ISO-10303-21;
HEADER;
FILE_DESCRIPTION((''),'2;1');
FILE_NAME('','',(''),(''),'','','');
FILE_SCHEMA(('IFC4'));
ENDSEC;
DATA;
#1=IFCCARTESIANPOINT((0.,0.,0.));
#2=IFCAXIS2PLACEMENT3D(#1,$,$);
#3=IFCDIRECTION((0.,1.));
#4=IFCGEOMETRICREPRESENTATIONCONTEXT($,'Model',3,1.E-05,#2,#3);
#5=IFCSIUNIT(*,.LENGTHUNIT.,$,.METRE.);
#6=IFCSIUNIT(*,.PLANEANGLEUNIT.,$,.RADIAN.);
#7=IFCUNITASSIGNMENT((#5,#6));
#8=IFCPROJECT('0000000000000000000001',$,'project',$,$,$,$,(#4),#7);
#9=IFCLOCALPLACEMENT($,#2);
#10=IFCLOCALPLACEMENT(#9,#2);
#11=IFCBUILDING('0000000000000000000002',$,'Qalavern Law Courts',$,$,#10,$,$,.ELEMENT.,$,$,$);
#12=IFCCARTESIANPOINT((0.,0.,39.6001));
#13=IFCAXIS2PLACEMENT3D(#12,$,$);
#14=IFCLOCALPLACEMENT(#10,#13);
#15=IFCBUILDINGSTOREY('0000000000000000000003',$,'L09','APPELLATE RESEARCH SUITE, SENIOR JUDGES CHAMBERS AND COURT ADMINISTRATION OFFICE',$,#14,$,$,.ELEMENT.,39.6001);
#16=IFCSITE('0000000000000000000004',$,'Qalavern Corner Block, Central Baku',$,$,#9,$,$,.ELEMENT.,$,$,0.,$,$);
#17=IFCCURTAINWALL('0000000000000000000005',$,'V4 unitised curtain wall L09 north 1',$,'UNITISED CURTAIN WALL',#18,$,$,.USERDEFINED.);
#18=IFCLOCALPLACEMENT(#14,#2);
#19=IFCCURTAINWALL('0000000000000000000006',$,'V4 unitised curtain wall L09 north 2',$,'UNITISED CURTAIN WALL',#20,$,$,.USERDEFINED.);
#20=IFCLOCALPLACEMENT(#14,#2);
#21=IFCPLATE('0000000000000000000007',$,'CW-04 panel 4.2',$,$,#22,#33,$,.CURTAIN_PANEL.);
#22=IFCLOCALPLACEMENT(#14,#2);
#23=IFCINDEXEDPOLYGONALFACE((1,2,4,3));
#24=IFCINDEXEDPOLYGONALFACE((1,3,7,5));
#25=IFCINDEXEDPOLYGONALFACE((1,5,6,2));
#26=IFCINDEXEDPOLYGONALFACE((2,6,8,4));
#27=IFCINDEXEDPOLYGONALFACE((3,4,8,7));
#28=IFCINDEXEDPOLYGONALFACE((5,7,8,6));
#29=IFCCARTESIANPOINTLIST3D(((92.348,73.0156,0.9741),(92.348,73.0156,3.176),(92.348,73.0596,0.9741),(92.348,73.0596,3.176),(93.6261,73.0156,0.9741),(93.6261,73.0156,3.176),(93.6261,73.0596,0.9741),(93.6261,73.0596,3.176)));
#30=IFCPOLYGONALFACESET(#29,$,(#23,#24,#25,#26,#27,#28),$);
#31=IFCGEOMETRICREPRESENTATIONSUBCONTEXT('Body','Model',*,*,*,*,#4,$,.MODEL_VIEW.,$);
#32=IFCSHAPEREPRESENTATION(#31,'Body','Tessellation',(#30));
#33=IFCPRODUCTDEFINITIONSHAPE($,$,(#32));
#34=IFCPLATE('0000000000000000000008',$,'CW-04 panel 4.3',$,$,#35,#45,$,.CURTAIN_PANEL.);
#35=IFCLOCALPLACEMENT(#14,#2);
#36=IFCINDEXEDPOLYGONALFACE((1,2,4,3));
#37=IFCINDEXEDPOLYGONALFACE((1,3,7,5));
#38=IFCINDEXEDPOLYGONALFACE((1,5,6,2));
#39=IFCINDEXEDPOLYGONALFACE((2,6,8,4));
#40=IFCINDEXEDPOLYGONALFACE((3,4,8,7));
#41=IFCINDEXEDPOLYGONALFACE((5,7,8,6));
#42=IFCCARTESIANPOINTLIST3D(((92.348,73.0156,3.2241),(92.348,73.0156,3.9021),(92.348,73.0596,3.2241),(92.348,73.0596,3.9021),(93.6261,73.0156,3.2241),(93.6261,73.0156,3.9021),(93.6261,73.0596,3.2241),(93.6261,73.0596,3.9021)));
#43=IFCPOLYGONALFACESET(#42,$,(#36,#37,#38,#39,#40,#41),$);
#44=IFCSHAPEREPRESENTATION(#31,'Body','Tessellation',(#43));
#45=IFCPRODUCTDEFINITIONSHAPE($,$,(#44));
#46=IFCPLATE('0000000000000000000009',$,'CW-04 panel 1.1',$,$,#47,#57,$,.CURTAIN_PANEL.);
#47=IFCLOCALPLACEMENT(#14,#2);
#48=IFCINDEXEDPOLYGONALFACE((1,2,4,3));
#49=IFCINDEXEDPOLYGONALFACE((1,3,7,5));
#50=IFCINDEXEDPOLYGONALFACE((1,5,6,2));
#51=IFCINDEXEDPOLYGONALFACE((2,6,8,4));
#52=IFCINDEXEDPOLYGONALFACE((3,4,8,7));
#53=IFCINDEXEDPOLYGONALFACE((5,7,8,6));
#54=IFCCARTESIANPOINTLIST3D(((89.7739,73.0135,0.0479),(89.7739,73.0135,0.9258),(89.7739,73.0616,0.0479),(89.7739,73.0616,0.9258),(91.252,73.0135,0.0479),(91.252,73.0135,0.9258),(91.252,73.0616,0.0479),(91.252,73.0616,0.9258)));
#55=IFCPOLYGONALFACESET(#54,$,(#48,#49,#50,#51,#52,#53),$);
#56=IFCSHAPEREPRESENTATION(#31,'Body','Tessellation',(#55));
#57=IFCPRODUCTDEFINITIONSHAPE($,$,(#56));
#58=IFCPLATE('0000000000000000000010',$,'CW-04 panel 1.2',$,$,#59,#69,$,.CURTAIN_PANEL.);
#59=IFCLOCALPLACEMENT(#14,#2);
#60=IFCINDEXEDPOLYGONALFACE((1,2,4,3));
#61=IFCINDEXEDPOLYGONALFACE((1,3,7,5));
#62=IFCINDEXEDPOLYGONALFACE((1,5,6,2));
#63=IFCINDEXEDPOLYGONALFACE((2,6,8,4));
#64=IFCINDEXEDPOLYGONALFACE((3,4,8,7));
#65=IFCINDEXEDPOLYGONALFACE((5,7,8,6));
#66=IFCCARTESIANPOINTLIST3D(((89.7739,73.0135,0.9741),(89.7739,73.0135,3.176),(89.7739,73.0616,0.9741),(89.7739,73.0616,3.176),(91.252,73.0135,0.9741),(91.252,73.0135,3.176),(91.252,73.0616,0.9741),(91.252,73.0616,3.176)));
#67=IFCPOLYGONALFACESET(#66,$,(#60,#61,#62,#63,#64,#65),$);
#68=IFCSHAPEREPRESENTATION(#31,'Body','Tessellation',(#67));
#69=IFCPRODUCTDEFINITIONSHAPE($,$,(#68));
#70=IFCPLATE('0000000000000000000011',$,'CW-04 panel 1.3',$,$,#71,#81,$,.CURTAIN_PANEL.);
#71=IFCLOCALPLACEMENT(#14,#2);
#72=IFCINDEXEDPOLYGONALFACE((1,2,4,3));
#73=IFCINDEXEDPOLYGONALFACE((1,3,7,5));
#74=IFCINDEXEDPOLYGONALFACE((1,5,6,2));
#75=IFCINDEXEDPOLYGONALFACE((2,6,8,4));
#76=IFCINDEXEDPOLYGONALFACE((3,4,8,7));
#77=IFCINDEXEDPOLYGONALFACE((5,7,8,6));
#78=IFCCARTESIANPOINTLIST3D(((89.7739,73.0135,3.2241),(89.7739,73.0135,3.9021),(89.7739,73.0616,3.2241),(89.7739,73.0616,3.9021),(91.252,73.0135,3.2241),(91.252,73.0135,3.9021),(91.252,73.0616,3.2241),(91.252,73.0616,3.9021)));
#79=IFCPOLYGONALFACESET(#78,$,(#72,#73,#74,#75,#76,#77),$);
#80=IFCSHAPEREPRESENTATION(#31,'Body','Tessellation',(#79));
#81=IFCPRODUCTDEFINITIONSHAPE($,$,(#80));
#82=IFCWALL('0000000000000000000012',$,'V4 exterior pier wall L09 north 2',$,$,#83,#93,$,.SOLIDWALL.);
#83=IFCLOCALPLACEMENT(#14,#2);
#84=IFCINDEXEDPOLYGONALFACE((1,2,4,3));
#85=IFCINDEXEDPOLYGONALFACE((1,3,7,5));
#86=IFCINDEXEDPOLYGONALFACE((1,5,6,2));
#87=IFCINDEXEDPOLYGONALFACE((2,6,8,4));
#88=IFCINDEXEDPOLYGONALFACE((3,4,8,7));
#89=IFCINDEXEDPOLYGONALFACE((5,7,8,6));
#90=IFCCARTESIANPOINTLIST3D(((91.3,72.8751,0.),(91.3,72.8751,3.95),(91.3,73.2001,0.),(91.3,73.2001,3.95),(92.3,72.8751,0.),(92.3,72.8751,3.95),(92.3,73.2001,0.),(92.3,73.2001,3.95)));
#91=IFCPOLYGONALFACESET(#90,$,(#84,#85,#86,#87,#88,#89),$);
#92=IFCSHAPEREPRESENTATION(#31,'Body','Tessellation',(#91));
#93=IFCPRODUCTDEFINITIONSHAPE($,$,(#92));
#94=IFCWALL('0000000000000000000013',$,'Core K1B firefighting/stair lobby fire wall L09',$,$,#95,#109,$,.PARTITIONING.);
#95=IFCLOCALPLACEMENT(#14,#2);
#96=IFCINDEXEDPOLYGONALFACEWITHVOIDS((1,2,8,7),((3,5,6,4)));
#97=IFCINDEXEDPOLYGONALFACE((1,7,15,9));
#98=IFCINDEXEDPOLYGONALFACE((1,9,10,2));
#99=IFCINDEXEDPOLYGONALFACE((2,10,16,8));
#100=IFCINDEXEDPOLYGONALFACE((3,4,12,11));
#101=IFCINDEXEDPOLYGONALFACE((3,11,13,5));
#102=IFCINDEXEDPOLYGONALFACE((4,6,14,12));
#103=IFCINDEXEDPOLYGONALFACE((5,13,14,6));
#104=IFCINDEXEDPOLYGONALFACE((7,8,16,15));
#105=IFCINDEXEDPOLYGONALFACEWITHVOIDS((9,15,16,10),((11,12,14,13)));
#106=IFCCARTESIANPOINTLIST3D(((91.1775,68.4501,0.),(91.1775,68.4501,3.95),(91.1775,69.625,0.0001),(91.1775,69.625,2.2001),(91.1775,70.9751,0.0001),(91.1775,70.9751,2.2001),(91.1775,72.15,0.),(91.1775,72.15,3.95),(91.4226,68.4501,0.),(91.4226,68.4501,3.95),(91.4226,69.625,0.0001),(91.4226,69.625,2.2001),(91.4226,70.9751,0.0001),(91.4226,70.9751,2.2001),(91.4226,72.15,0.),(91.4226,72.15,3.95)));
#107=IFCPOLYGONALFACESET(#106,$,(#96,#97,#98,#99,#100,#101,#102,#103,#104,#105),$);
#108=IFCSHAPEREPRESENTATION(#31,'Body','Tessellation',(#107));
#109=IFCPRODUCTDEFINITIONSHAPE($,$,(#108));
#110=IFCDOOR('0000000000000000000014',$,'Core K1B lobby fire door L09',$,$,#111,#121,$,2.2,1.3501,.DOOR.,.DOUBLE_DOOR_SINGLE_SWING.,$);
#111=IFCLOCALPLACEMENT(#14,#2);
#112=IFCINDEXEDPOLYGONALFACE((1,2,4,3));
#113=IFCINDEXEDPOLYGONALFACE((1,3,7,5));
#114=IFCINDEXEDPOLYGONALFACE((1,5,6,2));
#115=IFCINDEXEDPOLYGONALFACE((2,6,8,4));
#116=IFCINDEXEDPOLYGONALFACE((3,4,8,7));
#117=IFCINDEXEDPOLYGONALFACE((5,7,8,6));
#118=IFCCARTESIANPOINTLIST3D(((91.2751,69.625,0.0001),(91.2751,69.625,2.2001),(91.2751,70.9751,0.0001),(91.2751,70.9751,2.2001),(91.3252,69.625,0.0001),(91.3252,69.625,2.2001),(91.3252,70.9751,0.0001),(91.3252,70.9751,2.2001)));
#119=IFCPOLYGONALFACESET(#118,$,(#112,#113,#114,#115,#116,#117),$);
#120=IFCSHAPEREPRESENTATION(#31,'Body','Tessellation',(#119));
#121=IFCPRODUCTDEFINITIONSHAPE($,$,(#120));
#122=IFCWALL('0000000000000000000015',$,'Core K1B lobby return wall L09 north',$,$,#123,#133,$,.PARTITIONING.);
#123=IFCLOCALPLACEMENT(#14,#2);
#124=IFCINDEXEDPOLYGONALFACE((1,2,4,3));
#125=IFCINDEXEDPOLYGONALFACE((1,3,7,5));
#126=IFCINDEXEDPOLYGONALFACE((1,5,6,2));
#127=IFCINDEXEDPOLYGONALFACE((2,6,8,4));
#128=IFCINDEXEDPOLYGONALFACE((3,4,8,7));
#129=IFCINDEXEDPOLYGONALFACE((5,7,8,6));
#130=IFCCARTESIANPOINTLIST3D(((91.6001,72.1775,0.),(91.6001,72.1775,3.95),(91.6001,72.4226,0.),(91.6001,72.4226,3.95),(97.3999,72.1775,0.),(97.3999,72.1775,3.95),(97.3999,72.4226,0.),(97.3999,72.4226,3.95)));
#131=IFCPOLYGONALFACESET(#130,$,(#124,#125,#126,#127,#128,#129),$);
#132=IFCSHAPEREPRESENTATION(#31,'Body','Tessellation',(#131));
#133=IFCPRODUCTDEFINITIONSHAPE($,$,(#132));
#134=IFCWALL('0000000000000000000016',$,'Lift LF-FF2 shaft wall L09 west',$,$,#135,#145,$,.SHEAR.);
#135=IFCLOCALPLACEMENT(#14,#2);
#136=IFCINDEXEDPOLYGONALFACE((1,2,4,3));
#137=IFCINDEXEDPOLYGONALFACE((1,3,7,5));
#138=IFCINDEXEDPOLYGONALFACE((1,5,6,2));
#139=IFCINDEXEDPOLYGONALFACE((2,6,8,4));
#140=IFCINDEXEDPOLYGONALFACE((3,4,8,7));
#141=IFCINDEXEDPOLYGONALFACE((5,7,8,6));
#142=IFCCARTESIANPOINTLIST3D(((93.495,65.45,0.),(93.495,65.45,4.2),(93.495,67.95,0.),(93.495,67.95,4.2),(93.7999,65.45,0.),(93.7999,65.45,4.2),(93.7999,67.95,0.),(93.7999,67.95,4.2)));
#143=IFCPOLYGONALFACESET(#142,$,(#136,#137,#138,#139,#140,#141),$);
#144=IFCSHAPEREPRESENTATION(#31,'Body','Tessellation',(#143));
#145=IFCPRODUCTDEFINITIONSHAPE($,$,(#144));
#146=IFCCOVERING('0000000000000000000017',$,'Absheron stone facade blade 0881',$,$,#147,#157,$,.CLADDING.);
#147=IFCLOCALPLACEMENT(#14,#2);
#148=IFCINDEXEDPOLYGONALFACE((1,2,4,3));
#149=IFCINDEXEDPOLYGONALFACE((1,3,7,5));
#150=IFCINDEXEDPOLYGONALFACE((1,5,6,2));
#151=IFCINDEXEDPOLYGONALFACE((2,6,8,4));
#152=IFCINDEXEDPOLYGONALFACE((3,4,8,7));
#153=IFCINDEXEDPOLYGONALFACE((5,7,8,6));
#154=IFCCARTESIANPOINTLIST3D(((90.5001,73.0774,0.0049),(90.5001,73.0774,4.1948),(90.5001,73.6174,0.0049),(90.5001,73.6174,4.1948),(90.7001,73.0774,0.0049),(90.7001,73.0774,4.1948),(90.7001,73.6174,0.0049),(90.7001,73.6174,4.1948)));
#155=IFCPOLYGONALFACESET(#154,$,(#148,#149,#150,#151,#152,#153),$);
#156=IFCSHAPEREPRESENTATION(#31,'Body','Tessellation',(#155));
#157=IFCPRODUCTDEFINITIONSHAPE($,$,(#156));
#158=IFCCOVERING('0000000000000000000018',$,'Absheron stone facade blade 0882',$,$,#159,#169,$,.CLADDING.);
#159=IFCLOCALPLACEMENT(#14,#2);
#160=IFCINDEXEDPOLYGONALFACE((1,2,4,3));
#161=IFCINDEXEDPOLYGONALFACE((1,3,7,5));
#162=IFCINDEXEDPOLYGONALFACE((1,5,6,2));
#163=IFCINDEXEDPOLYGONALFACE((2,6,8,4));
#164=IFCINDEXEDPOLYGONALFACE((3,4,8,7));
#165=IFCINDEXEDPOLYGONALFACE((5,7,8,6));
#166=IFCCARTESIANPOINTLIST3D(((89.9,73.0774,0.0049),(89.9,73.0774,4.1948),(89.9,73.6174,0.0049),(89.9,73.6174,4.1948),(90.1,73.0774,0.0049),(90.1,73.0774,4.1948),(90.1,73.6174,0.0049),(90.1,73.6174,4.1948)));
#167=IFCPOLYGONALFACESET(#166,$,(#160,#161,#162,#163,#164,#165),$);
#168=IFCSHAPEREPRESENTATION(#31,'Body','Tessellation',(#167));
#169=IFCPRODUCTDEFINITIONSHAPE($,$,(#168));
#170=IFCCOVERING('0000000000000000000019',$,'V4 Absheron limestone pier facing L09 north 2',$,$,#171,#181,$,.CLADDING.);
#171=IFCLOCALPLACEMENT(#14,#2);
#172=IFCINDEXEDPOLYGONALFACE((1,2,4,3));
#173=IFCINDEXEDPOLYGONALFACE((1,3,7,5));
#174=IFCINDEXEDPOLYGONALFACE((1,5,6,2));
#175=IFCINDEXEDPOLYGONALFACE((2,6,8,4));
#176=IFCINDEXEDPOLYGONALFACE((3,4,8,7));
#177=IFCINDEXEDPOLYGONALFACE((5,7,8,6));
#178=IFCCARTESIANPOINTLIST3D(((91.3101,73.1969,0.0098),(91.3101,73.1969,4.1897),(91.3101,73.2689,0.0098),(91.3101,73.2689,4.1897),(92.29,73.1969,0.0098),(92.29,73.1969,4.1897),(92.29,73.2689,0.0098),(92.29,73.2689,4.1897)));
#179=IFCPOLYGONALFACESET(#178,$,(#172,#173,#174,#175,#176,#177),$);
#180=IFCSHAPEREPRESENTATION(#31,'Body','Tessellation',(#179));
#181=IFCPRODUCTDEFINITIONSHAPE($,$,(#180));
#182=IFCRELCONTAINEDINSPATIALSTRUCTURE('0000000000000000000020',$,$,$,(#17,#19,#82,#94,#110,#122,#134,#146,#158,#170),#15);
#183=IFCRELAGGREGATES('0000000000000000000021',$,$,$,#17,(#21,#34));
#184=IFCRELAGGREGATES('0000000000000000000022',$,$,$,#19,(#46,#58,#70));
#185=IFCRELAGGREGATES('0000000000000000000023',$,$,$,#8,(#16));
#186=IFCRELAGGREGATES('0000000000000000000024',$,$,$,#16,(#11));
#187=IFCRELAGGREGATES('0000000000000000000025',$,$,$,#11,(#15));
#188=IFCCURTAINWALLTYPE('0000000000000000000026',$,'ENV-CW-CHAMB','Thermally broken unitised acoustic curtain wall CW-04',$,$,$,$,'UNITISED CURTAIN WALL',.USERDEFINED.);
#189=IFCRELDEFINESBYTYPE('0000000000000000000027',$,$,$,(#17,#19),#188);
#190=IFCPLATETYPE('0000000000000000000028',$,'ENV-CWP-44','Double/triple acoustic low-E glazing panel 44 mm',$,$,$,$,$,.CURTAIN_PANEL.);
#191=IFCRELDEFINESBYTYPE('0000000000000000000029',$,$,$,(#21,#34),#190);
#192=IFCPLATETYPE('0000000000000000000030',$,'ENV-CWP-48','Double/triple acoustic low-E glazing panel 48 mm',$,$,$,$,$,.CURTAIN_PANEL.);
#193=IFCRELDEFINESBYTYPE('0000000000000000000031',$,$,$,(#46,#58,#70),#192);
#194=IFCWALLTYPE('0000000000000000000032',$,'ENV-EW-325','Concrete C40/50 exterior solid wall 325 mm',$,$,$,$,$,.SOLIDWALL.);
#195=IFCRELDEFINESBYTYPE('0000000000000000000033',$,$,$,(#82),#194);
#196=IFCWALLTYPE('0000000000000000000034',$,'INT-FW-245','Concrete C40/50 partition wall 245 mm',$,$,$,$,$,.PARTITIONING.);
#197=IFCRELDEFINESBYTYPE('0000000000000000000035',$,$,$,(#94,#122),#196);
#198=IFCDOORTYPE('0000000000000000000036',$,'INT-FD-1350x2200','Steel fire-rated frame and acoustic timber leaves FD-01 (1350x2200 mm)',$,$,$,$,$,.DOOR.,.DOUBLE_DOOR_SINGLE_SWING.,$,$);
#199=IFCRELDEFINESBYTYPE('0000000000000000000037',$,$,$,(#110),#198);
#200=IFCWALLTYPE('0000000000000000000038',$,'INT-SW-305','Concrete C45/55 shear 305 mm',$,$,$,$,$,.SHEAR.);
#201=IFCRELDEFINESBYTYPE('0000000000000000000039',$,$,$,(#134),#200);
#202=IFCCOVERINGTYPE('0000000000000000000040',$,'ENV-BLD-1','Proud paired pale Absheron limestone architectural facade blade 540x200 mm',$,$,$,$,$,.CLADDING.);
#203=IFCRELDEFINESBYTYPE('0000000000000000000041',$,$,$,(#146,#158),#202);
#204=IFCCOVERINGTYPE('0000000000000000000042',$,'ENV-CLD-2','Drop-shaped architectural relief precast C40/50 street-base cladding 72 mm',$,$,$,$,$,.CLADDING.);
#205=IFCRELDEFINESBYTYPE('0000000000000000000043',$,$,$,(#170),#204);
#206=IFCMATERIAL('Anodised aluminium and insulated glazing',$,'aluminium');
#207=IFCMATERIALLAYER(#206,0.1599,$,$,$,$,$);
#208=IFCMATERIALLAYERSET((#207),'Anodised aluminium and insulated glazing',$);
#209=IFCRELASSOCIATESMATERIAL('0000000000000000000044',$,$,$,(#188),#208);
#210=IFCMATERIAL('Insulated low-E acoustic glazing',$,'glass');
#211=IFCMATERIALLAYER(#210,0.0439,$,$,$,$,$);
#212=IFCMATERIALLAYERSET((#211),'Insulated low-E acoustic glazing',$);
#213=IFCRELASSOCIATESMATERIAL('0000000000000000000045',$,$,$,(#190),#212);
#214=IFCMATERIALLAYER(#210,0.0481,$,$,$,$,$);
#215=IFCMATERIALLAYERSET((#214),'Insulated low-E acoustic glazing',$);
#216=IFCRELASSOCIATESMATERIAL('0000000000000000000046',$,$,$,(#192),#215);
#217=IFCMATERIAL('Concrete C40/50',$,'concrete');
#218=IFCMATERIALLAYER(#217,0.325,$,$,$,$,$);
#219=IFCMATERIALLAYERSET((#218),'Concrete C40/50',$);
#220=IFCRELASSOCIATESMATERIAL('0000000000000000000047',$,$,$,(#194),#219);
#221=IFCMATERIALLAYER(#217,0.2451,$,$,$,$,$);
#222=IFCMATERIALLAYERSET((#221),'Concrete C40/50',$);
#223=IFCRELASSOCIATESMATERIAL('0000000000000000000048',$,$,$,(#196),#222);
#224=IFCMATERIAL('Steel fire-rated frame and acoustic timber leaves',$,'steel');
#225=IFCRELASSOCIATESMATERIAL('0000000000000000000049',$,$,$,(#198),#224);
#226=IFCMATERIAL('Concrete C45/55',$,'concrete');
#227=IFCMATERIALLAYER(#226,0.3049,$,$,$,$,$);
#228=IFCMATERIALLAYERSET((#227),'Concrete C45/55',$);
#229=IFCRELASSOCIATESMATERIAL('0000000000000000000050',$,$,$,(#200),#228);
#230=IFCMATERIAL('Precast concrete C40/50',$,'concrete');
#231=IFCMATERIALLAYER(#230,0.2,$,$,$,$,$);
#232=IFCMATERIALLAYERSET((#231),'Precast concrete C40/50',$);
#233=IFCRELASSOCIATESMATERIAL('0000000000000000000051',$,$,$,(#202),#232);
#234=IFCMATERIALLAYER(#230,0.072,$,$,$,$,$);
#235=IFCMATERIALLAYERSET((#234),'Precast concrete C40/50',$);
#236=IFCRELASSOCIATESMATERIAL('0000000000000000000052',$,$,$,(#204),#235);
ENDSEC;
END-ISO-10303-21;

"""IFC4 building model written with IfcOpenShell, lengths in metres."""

from ifc_helpers import new_model, si_unit, direction, frame, frame_2d, origin, origin_2d, place, context, subcontext, project, spatial, rectangle, extrude, material, layer, layer_set, type_object, element, fill, aggregate, save


model = new_model("IFC4")

# Units and contexts
model_context = context("Model", 3, precision=1e-05, world=origin(), true_north=direction((0.0, 1.0)))
body_context = subcontext(model_context, "Body", "Model", "MODEL_VIEW")
ifc_project = project(units=[si_unit("LENGTHUNIT", "METRE"), si_unit("PLANEANGLEUNIT", "RADIAN")], contexts=[model_context])

# Site, building, storey
site_placement = place(None, origin())
site = spatial("IfcSite", under=ifc_project, at=site_placement, Name="Qalavern Corner Block, Central Baku", CompositionType="ELEMENT", RefElevation=0.0)
building_placement = place(site_placement, origin())
building = spatial("IfcBuilding", under=site, at=building_placement, Name="Qalavern Law Courts", CompositionType="ELEMENT")
storey_placement = place(building_placement, frame((0.0, 0.0, 39.6001)))
storey = spatial("IfcBuildingStorey", under=building, at=storey_placement, Name="L09", Description="APPELLATE RESEARCH SUITE, SENIOR JUDGES CHAMBERS AND COURT ADMINISTRATION OFFICE", CompositionType="ELEMENT", Elevation=39.6001)

# Shared definitions
ifc_material_1 = material(Name="Concrete C45/55", Category="concrete")

# Curtain wall
ifc_material_2 = material(Name="Anodised aluminium and insulated glazing", Category="aluminium")
ifc_layer_1 = layer(ifc_material_2, 0.1599)
ifc_layer_set_1 = layer_set([ifc_layer_1], Name="Anodised aluminium and insulated glazing")
curtain_wall_type = type_object("IfcCurtainWallType", Name="ENV-CW-CHAMB", Description="Thermally broken unitised acoustic curtain wall CW-04", ElementType="UNITISED CURTAIN WALL", PredefinedType="USERDEFINED", material=ifc_layer_set_1)
curtain_wall_1_placement = place(storey_placement, origin())
curtain_wall_1 = element("IfcCurtainWall", 1, at=curtain_wall_1_placement, inside=storey, type_object=curtain_wall_type, Name="V4 unitised curtain wall L09 north 1", ObjectType="UNITISED CURTAIN WALL", PredefinedType="USERDEFINED")

# Curtain wall
curtain_wall_2_placement = place(storey_placement, origin())
curtain_wall_2 = element("IfcCurtainWall", 2, at=curtain_wall_2_placement, inside=storey, type_object=curtain_wall_type, Name="V4 unitised curtain wall L09 north 2", ObjectType="UNITISED CURTAIN WALL", PredefinedType="USERDEFINED")

# Shared definitions
ifc_material_3 = material(Name="Concrete C40/50", Category="concrete")

# Plates
ifc_material_4 = material(Name="Insulated low-E acoustic glazing", Category="glass")
ifc_layer_2 = layer(ifc_material_4, 0.0439)
ifc_layer_set_2 = layer_set([ifc_layer_2], Name="Insulated low-E acoustic glazing")
plate_type_1 = type_object("IfcPlateType", Name="ENV-CWP-44", Description="Double/triple acoustic low-E glazing panel 44 mm", PredefinedType="CURTAIN_PANEL", material=ifc_layer_set_2)
plate_1_placement = place(storey_placement, frame((92.9871, 73.0376, 0.9741), z_axis=(0.0, 0.0, 1.0), x_axis=(-1.0, 0.0, 0.0)))
plate_1 = element("IfcPlate", 3, at=plate_1_placement, type_object=plate_type_1, Name="CW-04 panel 4.2", PredefinedType="CURTAIN_PANEL", context=body_context, shape_type="SweptSolid", body=[
    extrude(rectangle(XDim=1.2781, YDim=0.0439, at=origin_2d()), origin(), (0.0, 0.0, 1.0), 2.2019),
])
plate_2_placement = place(storey_placement, frame((92.9871, 73.0376, 3.2241), z_axis=(0.0, 0.0, 1.0), x_axis=(-1.0, 0.0, 0.0)))
plate_2 = element("IfcPlate", 4, at=plate_2_placement, type_object=plate_type_1, Name="CW-04 panel 4.3", PredefinedType="CURTAIN_PANEL", context=body_context, shape_type="SweptSolid", body=[
    extrude(rectangle(XDim=1.2781, YDim=0.0439, at=origin_2d()), origin(), (0.0, 0.0, 1.0), 0.678),
])
aggregate(curtain_wall_1, [plate_1, plate_2])
ifc_layer_3 = layer(ifc_material_4, 0.0481)
ifc_layer_set_3 = layer_set([ifc_layer_3], Name="Insulated low-E acoustic glazing")
plate_type_2 = type_object("IfcPlateType", Name="ENV-CWP-48", Description="Double/triple acoustic low-E glazing panel 48 mm", PredefinedType="CURTAIN_PANEL", material=ifc_layer_set_3)
plate_3_placement = place(storey_placement, frame((90.5129, 73.0376, 0.0479), z_axis=(0.0, 0.0, 1.0), x_axis=(-1.0, 0.0, 0.0)))
plate_3 = element("IfcPlate", 5, at=plate_3_placement, type_object=plate_type_2, Name="CW-04 panel 1.1", PredefinedType="CURTAIN_PANEL", context=body_context, shape_type="SweptSolid", body=[
    extrude(rectangle(XDim=1.478, YDim=0.0481, at=origin_2d()), origin(), (0.0, 0.0, 1.0), 0.8779),
])
plate_4_placement = place(storey_placement, frame((90.5129, 73.0376, 0.9741), z_axis=(0.0, 0.0, 1.0), x_axis=(-1.0, 0.0, 0.0)))
plate_4 = element("IfcPlate", 6, at=plate_4_placement, type_object=plate_type_2, Name="CW-04 panel 1.2", PredefinedType="CURTAIN_PANEL", context=body_context, shape_type="SweptSolid", body=[
    extrude(rectangle(XDim=1.478, YDim=0.0481, at=origin_2d()), origin(), (0.0, 0.0, 1.0), 2.2019),
])
plate_5_placement = place(storey_placement, frame((90.5129, 73.0376, 3.2241), z_axis=(0.0, 0.0, 1.0), x_axis=(-1.0, 0.0, 0.0)))
plate_5 = element("IfcPlate", 7, at=plate_5_placement, type_object=plate_type_2, Name="CW-04 panel 1.3", PredefinedType="CURTAIN_PANEL", context=body_context, shape_type="SweptSolid", body=[
    extrude(rectangle(XDim=1.478, YDim=0.0481, at=origin_2d()), origin(), (0.0, 0.0, 1.0), 0.678),
])
aggregate(curtain_wall_2, [plate_3, plate_4, plate_5])

# Wall
ifc_layer_4 = layer(ifc_material_3, 0.325)
ifc_layer_set_4 = layer_set([ifc_layer_4], Name="Concrete C40/50")
wall_type_1 = type_object("IfcWallType", Name="ENV-EW-325", Description="Concrete C40/50 exterior solid wall 325 mm", PredefinedType="SOLIDWALL", material=ifc_layer_set_4)
wall_1_placement = place(storey_placement, frame((92.3, 73.0376, 0.0), z_axis=(0.0, 0.0, 1.0), x_axis=(-1.0, 0.0, 0.0)))
element("IfcWall", 8, at=wall_1_placement, inside=storey, type_object=wall_type_1, Name="V4 exterior pier wall L09 north 2", PredefinedType="SOLIDWALL", context=body_context, shape_type="SweptSolid", body=[
    extrude(rectangle(XDim=1.0, YDim=0.325, at=frame_2d((0.5, 0.0))), origin(), (0.0, 0.0, 1.0), 3.95),
])

# Wall, opening, door
ifc_layer_5 = layer(ifc_material_3, 0.2451)
ifc_layer_set_5 = layer_set([ifc_layer_5], Name="Concrete C40/50")
wall_type_2 = type_object("IfcWallType", Name="INT-FW-245", Description="Concrete C40/50 partition wall 245 mm", PredefinedType="PARTITIONING", material=ifc_layer_set_5)
wall_2_placement = place(storey_placement, frame((91.3, 68.45, 0.0), z_axis=(0.0, 0.0, 1.0), x_axis=(0.0, 1.0, 0.0)))
wall_2 = element("IfcWall", 9, at=wall_2_placement, inside=storey, type_object=wall_type_2, Name="Core K1B firefighting/stair lobby fire wall L09", PredefinedType="PARTITIONING", context=body_context, shape_type="SweptSolid", body=[
    extrude(rectangle(XDim=3.7, YDim=0.2451, at=frame_2d((1.8501, 0.0))), origin(), (0.0, 0.0, 1.0), 3.95),
])
opening_placement = place(wall_2_placement, frame((1.175, 0.0, 0.0)))
opening = element("IfcOpeningElement", 10, at=opening_placement, cuts=wall_2, PredefinedType="OPENING", context=body_context, shape_type="SweptSolid", body=[
    extrude(rectangle(XDim=1.3501, YDim=2.2, at=frame_2d((0.675, 1.1001))), frame((0.0, 0.1375, 0.0), z_axis=(0.0, -1.0, 0.0), x_axis=(1.0, 0.0, 0.0)), (0.0, 0.0, 1.0), 0.2749),
])
ifc_material_5 = material(Name="Steel fire-rated frame and acoustic timber leaves", Category="steel")
door_type = type_object("IfcDoorType", Name="INT-FD-1350x2200", Description="Steel fire-rated frame and acoustic timber leaves FD-01 (1350x2200 mm)", OperationType="DOUBLE_DOOR_SINGLE_SWING", PredefinedType="DOOR", material=ifc_material_5)
door_placement = place(opening_placement, origin())
door = element("IfcDoor", 11, at=door_placement, inside=storey, type_object=door_type, Name="Core K1B lobby fire door L09", OperationType="DOUBLE_DOOR_SINGLE_SWING", OverallHeight=2.2, OverallWidth=1.3501, PredefinedType="DOOR", context=body_context, shape_type="SweptSolid", body=[
    extrude(rectangle(XDim=1.3501, YDim=2.2, at=frame_2d((0.675, 1.1001))), frame((0.0, 0.0249, 0.0), z_axis=(0.0, -1.0, 0.0), x_axis=(1.0, 0.0, 0.0)), (0.0, 0.0, 1.0), 0.05),
])
fill(opening, door)

# Walls
wall_3_placement = place(storey_placement, frame((91.6001, 72.3, 0.0), z_axis=(0.0, 0.0, 1.0), x_axis=(1.0, 0.0, 0.0)))
element("IfcWall", 12, at=wall_3_placement, inside=storey, type_object=wall_type_2, Name="Core K1B lobby return wall L09 north", PredefinedType="PARTITIONING", context=body_context, shape_type="SweptSolid", body=[
    extrude(rectangle(XDim=5.7998, YDim=0.2451, at=frame_2d((2.8999, 0.0))), origin(), (0.0, 0.0, 1.0), 3.95),
])
ifc_layer_6 = layer(ifc_material_1, 0.3049)
ifc_layer_set_6 = layer_set([ifc_layer_6], Name="Concrete C45/55")
wall_type_3 = type_object("IfcWallType", Name="INT-SW-305", Description="Concrete C45/55 shear 305 mm", PredefinedType="SHEAR", material=ifc_layer_set_6)
wall_4_placement = place(storey_placement, frame((93.6475, 67.95, 0.0), z_axis=(0.0, 0.0, 1.0), x_axis=(0.0, -1.0, 0.0)))
element("IfcWall", 13, at=wall_4_placement, inside=storey, type_object=wall_type_3, Name="Lift LF-FF2 shaft wall L09 west", PredefinedType="SHEAR", context=body_context, shape_type="SweptSolid", body=[
    extrude(rectangle(XDim=2.5, YDim=0.3049, at=frame_2d((1.25, 0.0))), origin(), (0.0, 0.0, 1.0), 4.2),
])

# Coverings
ifc_material_6 = material(Name="Precast concrete C40/50", Category="concrete")
ifc_layer_7 = layer(ifc_material_6, 0.2)
ifc_layer_set_7 = layer_set([ifc_layer_7], Name="Precast concrete C40/50")
covering_type_1 = type_object("IfcCoveringType", Name="ENV-BLD-1", Description="Proud paired pale Absheron limestone architectural facade blade 540x200 mm", PredefinedType="CLADDING", material=ifc_layer_set_7)
for number, where, z_axis, x_axis, name in (
    (14, (90.6001, 73.3474, 0.0049), (0.0, 0.0, 1.0), (0.0, 1.0, 0.0), "Absheron stone facade blade 0881"),
    (15, (90.0, 73.3474, 0.0049), (0.0, 0.0, 1.0), (0.0, 1.0, 0.0), "Absheron stone facade blade 0882"),
):
    element("IfcCovering", number, at=place(storey_placement, frame(where, z_axis=z_axis, x_axis=x_axis)), inside=storey, type_object=covering_type_1, Name=name, PredefinedType="CLADDING", context=body_context, shape_type="SweptSolid", body=[
        extrude(rectangle(XDim=0.54, YDim=0.2, at=origin_2d()), origin(), (0.0, 0.0, 1.0), 4.1899),
    ])
ifc_layer_8 = layer(ifc_material_6, 0.072)
ifc_layer_set_8 = layer_set([ifc_layer_8], Name="Precast concrete C40/50")
covering_type_2 = type_object("IfcCoveringType", Name="ENV-CLD-2", Description="Drop-shaped architectural relief precast C40/50 street-base cladding 72 mm", PredefinedType="CLADDING", material=ifc_layer_set_8)
covering_placement = place(storey_placement, frame((91.8, 73.2329, 0.0098), z_axis=(0.0, 0.0, 1.0), x_axis=(-1.0, 0.0, 0.0)))
element("IfcCovering", 16, at=covering_placement, inside=storey, type_object=covering_type_2, Name="V4 Absheron limestone pier facing L09 north 2", PredefinedType="CLADDING", context=body_context, shape_type="SweptSolid", body=[
    extrude(rectangle(XDim=0.98, YDim=0.072, at=origin_2d()), origin(), (0.0, 0.0, 1.0), 4.1799),
])

save(model, "model.ifc")
